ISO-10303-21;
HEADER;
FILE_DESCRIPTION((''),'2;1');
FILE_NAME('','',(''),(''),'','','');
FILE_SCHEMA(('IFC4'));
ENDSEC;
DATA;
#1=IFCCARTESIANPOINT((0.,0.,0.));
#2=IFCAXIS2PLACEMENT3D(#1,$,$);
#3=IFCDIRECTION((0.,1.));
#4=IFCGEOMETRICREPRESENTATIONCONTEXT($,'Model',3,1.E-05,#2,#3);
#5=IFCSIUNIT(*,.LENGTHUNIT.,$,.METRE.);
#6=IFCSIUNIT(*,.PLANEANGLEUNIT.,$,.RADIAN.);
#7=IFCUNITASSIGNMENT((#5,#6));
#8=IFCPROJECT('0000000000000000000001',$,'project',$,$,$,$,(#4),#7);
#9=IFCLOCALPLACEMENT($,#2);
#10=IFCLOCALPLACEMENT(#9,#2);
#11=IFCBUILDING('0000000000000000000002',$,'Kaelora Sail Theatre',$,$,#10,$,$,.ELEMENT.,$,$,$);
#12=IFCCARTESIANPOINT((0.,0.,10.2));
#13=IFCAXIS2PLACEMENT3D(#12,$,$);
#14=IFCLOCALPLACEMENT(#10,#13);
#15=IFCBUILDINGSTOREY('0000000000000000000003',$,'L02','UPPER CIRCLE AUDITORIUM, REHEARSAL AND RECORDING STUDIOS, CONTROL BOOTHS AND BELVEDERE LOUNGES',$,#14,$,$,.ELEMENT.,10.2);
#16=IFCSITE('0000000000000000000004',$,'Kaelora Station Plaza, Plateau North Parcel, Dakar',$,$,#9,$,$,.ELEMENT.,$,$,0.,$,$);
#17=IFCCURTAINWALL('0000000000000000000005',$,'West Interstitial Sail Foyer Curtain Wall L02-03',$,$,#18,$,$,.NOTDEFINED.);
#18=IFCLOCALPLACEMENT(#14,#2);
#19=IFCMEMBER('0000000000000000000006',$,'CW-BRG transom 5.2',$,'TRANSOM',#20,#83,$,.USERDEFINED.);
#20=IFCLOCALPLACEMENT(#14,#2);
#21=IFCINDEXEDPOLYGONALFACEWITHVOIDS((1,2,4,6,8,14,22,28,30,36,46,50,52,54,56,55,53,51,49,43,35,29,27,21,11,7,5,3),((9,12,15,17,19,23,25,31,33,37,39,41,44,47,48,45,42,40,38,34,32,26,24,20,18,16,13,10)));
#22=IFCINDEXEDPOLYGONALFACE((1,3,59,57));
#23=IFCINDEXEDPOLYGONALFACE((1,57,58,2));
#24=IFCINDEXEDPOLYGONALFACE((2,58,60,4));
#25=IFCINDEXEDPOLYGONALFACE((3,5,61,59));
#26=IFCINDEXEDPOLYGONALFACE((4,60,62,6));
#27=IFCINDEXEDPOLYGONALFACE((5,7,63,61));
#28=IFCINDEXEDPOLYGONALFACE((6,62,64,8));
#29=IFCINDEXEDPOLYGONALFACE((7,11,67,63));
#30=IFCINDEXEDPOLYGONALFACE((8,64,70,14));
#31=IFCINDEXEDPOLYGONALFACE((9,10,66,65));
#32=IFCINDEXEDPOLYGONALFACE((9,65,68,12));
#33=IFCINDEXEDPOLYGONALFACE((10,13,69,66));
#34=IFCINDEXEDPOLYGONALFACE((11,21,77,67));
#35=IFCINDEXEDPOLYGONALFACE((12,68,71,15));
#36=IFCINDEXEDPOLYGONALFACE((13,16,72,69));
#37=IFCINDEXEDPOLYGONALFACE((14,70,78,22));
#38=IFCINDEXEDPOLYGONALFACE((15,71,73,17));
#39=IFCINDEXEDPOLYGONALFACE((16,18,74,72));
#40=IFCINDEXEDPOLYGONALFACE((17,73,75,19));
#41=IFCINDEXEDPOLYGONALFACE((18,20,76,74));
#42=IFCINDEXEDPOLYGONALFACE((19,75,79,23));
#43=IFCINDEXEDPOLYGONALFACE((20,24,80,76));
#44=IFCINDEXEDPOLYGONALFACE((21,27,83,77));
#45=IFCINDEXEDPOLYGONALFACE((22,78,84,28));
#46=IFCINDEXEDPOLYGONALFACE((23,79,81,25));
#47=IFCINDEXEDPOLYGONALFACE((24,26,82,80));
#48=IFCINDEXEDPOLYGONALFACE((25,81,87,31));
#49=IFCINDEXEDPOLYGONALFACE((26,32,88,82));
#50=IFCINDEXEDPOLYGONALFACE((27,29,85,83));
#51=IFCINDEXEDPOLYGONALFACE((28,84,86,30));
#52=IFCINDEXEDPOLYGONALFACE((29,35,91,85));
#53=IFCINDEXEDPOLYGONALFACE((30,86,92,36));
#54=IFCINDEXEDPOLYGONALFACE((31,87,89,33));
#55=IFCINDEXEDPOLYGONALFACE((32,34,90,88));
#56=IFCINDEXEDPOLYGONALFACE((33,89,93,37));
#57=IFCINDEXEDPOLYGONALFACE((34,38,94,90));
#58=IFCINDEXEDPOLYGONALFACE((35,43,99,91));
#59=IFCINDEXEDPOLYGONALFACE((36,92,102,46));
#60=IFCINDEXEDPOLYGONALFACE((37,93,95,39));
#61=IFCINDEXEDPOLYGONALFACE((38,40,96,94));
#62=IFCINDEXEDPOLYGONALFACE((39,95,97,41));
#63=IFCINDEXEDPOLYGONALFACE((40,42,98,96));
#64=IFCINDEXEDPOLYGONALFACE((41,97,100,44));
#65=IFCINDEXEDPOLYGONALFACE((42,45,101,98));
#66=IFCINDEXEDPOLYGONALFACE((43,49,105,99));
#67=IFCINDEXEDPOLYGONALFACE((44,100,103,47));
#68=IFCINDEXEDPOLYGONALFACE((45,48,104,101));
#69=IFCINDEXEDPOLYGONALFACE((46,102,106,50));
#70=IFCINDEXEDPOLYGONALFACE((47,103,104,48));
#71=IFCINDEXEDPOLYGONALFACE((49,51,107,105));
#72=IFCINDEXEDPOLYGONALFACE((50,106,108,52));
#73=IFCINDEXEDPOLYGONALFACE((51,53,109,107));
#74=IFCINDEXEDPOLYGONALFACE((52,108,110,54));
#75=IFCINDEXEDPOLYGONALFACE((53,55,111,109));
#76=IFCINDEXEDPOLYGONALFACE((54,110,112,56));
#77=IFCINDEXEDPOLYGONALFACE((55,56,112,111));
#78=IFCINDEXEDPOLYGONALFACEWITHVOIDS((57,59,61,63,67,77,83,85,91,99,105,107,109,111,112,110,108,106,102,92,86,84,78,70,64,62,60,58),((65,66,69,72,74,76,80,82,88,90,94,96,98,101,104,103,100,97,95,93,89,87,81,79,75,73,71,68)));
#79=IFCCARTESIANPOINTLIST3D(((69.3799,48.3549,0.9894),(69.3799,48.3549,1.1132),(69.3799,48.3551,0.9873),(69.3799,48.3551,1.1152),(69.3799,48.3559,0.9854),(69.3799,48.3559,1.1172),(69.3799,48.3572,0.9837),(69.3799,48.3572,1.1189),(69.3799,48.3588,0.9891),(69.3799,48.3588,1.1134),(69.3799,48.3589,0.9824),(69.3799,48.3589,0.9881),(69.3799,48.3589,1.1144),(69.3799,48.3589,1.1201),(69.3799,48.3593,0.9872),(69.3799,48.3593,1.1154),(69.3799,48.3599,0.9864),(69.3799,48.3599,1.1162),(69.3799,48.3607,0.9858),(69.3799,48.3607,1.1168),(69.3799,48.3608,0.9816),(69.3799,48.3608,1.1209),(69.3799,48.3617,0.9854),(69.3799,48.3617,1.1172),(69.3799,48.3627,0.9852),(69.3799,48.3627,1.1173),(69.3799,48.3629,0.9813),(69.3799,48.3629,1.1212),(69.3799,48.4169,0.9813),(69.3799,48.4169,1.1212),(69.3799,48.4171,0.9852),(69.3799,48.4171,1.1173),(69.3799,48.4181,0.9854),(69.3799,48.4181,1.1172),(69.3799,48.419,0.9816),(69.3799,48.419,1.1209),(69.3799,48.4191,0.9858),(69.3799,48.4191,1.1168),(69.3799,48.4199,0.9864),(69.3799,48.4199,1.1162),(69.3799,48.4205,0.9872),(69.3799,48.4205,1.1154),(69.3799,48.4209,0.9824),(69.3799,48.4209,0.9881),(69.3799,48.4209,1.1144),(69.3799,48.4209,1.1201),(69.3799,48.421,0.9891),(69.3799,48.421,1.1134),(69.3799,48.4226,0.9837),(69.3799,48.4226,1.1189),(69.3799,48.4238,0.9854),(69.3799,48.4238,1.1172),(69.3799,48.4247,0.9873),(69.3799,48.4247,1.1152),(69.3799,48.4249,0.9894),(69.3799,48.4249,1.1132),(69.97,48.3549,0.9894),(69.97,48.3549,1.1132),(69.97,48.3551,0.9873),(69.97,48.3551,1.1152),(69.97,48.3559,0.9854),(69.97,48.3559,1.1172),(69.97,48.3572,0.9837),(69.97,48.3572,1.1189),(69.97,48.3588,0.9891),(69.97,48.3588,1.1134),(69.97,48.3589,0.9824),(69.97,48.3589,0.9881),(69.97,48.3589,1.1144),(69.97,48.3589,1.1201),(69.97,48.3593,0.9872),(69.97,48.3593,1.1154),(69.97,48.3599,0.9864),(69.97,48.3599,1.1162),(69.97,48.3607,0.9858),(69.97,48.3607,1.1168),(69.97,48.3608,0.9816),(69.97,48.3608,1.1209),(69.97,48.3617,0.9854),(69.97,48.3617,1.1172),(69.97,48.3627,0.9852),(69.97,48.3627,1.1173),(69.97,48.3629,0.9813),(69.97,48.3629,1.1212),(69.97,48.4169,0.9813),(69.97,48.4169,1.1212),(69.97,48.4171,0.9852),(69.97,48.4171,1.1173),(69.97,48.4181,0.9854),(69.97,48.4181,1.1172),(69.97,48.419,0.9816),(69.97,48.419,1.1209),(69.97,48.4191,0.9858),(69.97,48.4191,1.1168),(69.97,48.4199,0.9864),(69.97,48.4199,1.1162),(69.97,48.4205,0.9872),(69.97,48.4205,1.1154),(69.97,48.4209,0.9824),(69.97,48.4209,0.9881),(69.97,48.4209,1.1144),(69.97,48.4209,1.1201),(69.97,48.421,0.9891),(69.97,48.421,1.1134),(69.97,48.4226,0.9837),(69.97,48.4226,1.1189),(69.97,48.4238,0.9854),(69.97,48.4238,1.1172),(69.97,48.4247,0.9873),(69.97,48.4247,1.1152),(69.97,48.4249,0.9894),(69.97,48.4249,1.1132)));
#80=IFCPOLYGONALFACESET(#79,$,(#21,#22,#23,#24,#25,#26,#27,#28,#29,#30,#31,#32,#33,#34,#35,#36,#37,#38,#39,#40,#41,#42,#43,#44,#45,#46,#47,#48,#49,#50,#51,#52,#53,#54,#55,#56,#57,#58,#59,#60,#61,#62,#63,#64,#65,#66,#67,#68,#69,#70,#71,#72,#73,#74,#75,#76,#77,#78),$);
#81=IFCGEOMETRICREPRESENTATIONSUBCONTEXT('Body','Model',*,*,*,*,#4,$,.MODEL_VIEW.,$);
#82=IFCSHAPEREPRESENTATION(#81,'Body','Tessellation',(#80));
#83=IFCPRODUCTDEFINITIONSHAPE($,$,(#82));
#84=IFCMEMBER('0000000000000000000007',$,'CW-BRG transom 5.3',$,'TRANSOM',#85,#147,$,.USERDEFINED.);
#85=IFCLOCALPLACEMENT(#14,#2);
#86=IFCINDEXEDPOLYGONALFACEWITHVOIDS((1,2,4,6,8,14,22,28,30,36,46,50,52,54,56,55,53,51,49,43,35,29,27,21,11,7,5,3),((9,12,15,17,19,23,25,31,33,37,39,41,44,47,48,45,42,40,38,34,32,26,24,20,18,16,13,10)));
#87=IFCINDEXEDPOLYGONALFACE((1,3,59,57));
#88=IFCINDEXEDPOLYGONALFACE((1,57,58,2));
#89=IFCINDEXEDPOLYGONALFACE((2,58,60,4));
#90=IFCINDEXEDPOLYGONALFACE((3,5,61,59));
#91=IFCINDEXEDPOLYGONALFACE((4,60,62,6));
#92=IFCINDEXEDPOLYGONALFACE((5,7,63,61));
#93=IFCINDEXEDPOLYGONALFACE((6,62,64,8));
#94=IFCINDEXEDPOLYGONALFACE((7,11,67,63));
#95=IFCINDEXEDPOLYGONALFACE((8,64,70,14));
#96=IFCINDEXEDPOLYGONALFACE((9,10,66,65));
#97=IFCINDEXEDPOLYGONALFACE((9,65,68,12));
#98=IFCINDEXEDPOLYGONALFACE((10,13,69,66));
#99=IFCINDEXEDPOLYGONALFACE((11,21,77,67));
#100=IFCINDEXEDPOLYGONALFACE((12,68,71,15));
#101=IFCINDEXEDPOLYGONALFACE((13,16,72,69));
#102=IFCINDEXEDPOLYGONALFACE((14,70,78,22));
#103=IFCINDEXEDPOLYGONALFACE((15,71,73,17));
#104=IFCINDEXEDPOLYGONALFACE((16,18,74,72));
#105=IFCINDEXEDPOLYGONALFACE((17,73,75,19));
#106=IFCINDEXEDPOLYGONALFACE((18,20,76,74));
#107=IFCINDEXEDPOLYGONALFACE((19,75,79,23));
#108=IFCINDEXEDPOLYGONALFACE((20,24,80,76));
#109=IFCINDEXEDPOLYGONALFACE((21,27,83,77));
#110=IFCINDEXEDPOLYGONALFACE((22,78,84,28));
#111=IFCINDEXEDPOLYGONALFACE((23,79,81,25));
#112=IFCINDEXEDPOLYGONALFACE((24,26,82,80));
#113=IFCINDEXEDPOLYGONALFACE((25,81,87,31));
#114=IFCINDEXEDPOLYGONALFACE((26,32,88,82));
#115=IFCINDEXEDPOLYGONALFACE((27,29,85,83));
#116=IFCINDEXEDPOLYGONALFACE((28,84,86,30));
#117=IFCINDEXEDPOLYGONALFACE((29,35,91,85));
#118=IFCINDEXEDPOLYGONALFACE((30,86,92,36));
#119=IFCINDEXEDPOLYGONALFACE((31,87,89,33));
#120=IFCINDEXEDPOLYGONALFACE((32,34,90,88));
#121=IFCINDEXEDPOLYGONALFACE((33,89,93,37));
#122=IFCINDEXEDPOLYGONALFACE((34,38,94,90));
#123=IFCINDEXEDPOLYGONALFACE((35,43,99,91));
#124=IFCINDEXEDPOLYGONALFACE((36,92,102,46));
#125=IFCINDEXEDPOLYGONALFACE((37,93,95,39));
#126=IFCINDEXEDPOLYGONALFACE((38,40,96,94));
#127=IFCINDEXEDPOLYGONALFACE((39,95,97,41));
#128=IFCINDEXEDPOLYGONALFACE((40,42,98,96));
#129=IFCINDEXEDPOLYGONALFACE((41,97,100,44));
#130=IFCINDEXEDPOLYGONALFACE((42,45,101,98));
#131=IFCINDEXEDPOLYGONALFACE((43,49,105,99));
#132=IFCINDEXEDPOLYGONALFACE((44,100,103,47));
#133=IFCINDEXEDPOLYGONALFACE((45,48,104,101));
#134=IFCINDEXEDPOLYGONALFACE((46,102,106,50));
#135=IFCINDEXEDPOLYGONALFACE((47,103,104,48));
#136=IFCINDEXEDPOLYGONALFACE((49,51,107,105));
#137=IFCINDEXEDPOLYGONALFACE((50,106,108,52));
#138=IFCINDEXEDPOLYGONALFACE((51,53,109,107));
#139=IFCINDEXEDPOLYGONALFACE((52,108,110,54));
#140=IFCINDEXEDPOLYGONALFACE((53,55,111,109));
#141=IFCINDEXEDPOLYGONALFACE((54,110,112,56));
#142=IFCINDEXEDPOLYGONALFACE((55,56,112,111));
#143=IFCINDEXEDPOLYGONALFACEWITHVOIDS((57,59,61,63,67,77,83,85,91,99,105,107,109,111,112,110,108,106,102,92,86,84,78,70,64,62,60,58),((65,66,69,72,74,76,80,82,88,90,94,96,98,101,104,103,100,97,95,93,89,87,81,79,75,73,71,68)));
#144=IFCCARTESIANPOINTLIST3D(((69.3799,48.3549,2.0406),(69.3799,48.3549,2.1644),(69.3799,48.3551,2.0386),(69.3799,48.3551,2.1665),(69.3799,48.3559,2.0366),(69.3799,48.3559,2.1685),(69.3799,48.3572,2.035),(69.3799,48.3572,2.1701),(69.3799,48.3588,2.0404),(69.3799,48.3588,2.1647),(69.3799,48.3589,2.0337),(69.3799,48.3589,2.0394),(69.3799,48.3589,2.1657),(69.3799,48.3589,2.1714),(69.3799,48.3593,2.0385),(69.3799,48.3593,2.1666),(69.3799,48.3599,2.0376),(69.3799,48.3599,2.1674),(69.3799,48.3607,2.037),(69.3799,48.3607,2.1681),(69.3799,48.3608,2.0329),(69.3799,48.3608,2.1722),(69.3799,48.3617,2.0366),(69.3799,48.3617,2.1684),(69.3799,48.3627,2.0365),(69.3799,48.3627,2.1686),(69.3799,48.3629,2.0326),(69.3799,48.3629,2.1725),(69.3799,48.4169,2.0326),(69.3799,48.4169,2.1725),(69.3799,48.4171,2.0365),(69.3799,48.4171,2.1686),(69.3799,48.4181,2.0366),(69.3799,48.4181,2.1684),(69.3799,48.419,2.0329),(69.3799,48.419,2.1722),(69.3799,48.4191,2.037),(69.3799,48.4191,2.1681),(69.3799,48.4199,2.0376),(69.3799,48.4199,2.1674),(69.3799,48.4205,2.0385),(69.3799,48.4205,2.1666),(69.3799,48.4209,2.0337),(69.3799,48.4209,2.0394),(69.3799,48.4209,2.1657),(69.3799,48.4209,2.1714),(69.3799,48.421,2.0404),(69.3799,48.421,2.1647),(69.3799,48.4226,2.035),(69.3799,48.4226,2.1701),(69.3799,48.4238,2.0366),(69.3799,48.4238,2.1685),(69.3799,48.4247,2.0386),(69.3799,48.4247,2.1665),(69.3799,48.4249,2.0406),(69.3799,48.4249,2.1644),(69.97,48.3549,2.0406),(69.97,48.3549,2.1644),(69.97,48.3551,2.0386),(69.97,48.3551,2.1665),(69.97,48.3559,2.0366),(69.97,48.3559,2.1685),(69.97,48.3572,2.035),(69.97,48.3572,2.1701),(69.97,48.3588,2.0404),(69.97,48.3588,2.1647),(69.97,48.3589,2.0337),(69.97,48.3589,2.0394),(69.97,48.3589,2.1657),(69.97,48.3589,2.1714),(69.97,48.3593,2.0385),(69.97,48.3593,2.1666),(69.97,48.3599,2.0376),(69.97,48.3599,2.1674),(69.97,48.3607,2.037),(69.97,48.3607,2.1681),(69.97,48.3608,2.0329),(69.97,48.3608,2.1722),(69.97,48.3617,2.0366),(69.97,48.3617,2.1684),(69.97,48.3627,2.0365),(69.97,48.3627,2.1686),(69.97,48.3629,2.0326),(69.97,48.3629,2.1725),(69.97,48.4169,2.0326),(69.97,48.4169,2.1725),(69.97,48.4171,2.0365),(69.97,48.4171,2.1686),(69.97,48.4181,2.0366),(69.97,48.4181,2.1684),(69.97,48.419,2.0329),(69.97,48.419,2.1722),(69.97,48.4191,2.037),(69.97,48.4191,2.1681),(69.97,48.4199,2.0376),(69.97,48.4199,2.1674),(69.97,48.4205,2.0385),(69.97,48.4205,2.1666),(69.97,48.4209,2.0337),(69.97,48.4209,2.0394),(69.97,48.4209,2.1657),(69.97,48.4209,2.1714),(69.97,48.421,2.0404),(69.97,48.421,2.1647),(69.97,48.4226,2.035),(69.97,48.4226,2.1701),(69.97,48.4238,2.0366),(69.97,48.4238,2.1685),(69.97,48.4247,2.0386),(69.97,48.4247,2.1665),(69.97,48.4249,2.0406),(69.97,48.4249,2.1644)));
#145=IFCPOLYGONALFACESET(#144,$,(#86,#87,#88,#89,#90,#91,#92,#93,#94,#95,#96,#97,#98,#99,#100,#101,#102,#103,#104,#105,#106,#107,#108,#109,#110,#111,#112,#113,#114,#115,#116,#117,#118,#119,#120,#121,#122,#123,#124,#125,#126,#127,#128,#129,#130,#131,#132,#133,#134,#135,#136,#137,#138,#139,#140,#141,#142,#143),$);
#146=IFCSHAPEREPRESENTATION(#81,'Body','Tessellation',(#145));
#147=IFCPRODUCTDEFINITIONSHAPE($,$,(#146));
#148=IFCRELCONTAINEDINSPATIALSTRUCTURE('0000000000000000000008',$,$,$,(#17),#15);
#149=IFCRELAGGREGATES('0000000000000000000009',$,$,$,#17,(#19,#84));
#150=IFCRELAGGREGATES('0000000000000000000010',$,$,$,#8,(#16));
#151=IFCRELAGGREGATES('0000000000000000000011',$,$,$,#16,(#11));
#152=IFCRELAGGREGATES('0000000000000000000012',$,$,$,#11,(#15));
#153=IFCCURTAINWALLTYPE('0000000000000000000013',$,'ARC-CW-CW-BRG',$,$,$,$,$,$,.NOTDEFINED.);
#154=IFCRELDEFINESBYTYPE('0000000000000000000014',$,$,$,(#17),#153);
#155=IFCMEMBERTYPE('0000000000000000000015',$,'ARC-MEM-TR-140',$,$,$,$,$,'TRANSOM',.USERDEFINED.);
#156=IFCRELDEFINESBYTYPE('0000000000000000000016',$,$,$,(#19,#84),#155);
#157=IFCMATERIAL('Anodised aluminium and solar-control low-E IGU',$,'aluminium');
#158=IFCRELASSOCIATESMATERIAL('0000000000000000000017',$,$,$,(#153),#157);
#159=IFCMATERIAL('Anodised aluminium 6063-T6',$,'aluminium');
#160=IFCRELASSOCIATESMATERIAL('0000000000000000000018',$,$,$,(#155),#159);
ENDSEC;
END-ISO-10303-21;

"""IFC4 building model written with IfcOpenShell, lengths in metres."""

from ifc_helpers import new_model, si_unit, direction, frame, origin, origin_2d, place, context, subcontext, project, spatial, hollow_rectangle, extrude, material, material_profile, profile_set, type_object, element, aggregate, save


model = new_model("IFC4")

# Units and contexts
model_context = context("Model", 3, precision=1e-05, world=origin(), true_north=direction((0.0, 1.0)))
body_context = subcontext(model_context, "Body", "Model", "MODEL_VIEW")
ifc_project = project(units=[si_unit("LENGTHUNIT", "METRE"), si_unit("PLANEANGLEUNIT", "RADIAN")], contexts=[model_context])

# Site, building, storey
site_placement = place(None, origin())
site = spatial("IfcSite", under=ifc_project, at=site_placement, Name="Kaelora Station Plaza, Plateau North Parcel, Dakar", CompositionType="ELEMENT", RefElevation=0.0)
building_placement = place(site_placement, origin())
building = spatial("IfcBuilding", under=site, at=building_placement, Name="Kaelora Sail Theatre", CompositionType="ELEMENT")
storey_placement = place(building_placement, frame((0.0, 0.0, 10.2)))
storey = spatial("IfcBuildingStorey", under=building, at=storey_placement, Name="L02", Description="UPPER CIRCLE AUDITORIUM, REHEARSAL AND RECORDING STUDIOS, CONTROL BOOTHS AND BELVEDERE LOUNGES", CompositionType="ELEMENT", Elevation=10.2)

# Curtain wall, members
ifc_material_1 = material(Name="Anodised aluminium and solar-control low-E IGU", Category="aluminium")
curtain_wall_type = type_object("IfcCurtainWallType", Name="ARC-CW-CW-BRG", PredefinedType="NOTDEFINED", material=ifc_material_1)
curtain_wall_placement = place(storey_placement, origin())
curtain_wall = element("IfcCurtainWall", 1, at=curtain_wall_placement, inside=storey, type_object=curtain_wall_type, Name="West Interstitial Sail Foyer Curtain Wall L02-03", PredefinedType="NOTDEFINED")
ifc_material_2 = material(Name="Anodised aluminium 6063-T6", Category="aluminium")
ifc_material_profile_1 = material_profile(ifc_material_2, hollow_rectangle(XDim=0.0701, YDim=0.1399, WallThickness=0.0039, InnerFilletRadius=0.0039, OuterFilletRadius=0.0081, at=origin_2d()), Name="ALU-TRAN 70x140x4")
ifc_profile_set_1 = profile_set([ifc_material_profile_1], Name="Anodised aluminium 6063-T6")
member_type_1 = type_object("IfcMemberType", Name="ARC-MEM-TR-140", ElementType="TRANSOM", PredefinedType="USERDEFINED", material=ifc_profile_set_1)
member_1_placement = place(storey_placement, frame((69.3799, 48.3899, 1.0513), z_axis=(1.0, 0.0, 0.0), x_axis=(0.0, 1.0, 0.0)))
member_1 = element("IfcMember", 2, at=member_1_placement, type_object=member_type_1, Name="CW-BRG transom 5.2", ObjectType="TRANSOM", PredefinedType="USERDEFINED", context=body_context, shape_type="SweptSolid", body=[
    extrude(hollow_rectangle(XDim=0.0701, YDim=0.1399, WallThickness=0.0039, InnerFilletRadius=0.0039, OuterFilletRadius=0.0081, at=origin_2d()), origin(), (0.0, 0.0, 1.0), 0.5901),
])
member_2_placement = place(storey_placement, frame((69.3799, 48.3899, 2.1025), z_axis=(1.0, 0.0, 0.0), x_axis=(0.0, 1.0, 0.0)))
member_2 = element("IfcMember", 3, at=member_2_placement, type_object=member_type_1, Name="CW-BRG transom 5.3", ObjectType="TRANSOM", PredefinedType="USERDEFINED", context=body_context, shape_type="SweptSolid", body=[
    extrude(hollow_rectangle(XDim=0.0701, YDim=0.1399, WallThickness=0.0039, InnerFilletRadius=0.0039, OuterFilletRadius=0.0081, at=origin_2d()), origin(), (0.0, 0.0, 1.0), 0.5901),
])

aggregate(curtain_wall, [member_1, member_2])

save(model, "model.ifc")
